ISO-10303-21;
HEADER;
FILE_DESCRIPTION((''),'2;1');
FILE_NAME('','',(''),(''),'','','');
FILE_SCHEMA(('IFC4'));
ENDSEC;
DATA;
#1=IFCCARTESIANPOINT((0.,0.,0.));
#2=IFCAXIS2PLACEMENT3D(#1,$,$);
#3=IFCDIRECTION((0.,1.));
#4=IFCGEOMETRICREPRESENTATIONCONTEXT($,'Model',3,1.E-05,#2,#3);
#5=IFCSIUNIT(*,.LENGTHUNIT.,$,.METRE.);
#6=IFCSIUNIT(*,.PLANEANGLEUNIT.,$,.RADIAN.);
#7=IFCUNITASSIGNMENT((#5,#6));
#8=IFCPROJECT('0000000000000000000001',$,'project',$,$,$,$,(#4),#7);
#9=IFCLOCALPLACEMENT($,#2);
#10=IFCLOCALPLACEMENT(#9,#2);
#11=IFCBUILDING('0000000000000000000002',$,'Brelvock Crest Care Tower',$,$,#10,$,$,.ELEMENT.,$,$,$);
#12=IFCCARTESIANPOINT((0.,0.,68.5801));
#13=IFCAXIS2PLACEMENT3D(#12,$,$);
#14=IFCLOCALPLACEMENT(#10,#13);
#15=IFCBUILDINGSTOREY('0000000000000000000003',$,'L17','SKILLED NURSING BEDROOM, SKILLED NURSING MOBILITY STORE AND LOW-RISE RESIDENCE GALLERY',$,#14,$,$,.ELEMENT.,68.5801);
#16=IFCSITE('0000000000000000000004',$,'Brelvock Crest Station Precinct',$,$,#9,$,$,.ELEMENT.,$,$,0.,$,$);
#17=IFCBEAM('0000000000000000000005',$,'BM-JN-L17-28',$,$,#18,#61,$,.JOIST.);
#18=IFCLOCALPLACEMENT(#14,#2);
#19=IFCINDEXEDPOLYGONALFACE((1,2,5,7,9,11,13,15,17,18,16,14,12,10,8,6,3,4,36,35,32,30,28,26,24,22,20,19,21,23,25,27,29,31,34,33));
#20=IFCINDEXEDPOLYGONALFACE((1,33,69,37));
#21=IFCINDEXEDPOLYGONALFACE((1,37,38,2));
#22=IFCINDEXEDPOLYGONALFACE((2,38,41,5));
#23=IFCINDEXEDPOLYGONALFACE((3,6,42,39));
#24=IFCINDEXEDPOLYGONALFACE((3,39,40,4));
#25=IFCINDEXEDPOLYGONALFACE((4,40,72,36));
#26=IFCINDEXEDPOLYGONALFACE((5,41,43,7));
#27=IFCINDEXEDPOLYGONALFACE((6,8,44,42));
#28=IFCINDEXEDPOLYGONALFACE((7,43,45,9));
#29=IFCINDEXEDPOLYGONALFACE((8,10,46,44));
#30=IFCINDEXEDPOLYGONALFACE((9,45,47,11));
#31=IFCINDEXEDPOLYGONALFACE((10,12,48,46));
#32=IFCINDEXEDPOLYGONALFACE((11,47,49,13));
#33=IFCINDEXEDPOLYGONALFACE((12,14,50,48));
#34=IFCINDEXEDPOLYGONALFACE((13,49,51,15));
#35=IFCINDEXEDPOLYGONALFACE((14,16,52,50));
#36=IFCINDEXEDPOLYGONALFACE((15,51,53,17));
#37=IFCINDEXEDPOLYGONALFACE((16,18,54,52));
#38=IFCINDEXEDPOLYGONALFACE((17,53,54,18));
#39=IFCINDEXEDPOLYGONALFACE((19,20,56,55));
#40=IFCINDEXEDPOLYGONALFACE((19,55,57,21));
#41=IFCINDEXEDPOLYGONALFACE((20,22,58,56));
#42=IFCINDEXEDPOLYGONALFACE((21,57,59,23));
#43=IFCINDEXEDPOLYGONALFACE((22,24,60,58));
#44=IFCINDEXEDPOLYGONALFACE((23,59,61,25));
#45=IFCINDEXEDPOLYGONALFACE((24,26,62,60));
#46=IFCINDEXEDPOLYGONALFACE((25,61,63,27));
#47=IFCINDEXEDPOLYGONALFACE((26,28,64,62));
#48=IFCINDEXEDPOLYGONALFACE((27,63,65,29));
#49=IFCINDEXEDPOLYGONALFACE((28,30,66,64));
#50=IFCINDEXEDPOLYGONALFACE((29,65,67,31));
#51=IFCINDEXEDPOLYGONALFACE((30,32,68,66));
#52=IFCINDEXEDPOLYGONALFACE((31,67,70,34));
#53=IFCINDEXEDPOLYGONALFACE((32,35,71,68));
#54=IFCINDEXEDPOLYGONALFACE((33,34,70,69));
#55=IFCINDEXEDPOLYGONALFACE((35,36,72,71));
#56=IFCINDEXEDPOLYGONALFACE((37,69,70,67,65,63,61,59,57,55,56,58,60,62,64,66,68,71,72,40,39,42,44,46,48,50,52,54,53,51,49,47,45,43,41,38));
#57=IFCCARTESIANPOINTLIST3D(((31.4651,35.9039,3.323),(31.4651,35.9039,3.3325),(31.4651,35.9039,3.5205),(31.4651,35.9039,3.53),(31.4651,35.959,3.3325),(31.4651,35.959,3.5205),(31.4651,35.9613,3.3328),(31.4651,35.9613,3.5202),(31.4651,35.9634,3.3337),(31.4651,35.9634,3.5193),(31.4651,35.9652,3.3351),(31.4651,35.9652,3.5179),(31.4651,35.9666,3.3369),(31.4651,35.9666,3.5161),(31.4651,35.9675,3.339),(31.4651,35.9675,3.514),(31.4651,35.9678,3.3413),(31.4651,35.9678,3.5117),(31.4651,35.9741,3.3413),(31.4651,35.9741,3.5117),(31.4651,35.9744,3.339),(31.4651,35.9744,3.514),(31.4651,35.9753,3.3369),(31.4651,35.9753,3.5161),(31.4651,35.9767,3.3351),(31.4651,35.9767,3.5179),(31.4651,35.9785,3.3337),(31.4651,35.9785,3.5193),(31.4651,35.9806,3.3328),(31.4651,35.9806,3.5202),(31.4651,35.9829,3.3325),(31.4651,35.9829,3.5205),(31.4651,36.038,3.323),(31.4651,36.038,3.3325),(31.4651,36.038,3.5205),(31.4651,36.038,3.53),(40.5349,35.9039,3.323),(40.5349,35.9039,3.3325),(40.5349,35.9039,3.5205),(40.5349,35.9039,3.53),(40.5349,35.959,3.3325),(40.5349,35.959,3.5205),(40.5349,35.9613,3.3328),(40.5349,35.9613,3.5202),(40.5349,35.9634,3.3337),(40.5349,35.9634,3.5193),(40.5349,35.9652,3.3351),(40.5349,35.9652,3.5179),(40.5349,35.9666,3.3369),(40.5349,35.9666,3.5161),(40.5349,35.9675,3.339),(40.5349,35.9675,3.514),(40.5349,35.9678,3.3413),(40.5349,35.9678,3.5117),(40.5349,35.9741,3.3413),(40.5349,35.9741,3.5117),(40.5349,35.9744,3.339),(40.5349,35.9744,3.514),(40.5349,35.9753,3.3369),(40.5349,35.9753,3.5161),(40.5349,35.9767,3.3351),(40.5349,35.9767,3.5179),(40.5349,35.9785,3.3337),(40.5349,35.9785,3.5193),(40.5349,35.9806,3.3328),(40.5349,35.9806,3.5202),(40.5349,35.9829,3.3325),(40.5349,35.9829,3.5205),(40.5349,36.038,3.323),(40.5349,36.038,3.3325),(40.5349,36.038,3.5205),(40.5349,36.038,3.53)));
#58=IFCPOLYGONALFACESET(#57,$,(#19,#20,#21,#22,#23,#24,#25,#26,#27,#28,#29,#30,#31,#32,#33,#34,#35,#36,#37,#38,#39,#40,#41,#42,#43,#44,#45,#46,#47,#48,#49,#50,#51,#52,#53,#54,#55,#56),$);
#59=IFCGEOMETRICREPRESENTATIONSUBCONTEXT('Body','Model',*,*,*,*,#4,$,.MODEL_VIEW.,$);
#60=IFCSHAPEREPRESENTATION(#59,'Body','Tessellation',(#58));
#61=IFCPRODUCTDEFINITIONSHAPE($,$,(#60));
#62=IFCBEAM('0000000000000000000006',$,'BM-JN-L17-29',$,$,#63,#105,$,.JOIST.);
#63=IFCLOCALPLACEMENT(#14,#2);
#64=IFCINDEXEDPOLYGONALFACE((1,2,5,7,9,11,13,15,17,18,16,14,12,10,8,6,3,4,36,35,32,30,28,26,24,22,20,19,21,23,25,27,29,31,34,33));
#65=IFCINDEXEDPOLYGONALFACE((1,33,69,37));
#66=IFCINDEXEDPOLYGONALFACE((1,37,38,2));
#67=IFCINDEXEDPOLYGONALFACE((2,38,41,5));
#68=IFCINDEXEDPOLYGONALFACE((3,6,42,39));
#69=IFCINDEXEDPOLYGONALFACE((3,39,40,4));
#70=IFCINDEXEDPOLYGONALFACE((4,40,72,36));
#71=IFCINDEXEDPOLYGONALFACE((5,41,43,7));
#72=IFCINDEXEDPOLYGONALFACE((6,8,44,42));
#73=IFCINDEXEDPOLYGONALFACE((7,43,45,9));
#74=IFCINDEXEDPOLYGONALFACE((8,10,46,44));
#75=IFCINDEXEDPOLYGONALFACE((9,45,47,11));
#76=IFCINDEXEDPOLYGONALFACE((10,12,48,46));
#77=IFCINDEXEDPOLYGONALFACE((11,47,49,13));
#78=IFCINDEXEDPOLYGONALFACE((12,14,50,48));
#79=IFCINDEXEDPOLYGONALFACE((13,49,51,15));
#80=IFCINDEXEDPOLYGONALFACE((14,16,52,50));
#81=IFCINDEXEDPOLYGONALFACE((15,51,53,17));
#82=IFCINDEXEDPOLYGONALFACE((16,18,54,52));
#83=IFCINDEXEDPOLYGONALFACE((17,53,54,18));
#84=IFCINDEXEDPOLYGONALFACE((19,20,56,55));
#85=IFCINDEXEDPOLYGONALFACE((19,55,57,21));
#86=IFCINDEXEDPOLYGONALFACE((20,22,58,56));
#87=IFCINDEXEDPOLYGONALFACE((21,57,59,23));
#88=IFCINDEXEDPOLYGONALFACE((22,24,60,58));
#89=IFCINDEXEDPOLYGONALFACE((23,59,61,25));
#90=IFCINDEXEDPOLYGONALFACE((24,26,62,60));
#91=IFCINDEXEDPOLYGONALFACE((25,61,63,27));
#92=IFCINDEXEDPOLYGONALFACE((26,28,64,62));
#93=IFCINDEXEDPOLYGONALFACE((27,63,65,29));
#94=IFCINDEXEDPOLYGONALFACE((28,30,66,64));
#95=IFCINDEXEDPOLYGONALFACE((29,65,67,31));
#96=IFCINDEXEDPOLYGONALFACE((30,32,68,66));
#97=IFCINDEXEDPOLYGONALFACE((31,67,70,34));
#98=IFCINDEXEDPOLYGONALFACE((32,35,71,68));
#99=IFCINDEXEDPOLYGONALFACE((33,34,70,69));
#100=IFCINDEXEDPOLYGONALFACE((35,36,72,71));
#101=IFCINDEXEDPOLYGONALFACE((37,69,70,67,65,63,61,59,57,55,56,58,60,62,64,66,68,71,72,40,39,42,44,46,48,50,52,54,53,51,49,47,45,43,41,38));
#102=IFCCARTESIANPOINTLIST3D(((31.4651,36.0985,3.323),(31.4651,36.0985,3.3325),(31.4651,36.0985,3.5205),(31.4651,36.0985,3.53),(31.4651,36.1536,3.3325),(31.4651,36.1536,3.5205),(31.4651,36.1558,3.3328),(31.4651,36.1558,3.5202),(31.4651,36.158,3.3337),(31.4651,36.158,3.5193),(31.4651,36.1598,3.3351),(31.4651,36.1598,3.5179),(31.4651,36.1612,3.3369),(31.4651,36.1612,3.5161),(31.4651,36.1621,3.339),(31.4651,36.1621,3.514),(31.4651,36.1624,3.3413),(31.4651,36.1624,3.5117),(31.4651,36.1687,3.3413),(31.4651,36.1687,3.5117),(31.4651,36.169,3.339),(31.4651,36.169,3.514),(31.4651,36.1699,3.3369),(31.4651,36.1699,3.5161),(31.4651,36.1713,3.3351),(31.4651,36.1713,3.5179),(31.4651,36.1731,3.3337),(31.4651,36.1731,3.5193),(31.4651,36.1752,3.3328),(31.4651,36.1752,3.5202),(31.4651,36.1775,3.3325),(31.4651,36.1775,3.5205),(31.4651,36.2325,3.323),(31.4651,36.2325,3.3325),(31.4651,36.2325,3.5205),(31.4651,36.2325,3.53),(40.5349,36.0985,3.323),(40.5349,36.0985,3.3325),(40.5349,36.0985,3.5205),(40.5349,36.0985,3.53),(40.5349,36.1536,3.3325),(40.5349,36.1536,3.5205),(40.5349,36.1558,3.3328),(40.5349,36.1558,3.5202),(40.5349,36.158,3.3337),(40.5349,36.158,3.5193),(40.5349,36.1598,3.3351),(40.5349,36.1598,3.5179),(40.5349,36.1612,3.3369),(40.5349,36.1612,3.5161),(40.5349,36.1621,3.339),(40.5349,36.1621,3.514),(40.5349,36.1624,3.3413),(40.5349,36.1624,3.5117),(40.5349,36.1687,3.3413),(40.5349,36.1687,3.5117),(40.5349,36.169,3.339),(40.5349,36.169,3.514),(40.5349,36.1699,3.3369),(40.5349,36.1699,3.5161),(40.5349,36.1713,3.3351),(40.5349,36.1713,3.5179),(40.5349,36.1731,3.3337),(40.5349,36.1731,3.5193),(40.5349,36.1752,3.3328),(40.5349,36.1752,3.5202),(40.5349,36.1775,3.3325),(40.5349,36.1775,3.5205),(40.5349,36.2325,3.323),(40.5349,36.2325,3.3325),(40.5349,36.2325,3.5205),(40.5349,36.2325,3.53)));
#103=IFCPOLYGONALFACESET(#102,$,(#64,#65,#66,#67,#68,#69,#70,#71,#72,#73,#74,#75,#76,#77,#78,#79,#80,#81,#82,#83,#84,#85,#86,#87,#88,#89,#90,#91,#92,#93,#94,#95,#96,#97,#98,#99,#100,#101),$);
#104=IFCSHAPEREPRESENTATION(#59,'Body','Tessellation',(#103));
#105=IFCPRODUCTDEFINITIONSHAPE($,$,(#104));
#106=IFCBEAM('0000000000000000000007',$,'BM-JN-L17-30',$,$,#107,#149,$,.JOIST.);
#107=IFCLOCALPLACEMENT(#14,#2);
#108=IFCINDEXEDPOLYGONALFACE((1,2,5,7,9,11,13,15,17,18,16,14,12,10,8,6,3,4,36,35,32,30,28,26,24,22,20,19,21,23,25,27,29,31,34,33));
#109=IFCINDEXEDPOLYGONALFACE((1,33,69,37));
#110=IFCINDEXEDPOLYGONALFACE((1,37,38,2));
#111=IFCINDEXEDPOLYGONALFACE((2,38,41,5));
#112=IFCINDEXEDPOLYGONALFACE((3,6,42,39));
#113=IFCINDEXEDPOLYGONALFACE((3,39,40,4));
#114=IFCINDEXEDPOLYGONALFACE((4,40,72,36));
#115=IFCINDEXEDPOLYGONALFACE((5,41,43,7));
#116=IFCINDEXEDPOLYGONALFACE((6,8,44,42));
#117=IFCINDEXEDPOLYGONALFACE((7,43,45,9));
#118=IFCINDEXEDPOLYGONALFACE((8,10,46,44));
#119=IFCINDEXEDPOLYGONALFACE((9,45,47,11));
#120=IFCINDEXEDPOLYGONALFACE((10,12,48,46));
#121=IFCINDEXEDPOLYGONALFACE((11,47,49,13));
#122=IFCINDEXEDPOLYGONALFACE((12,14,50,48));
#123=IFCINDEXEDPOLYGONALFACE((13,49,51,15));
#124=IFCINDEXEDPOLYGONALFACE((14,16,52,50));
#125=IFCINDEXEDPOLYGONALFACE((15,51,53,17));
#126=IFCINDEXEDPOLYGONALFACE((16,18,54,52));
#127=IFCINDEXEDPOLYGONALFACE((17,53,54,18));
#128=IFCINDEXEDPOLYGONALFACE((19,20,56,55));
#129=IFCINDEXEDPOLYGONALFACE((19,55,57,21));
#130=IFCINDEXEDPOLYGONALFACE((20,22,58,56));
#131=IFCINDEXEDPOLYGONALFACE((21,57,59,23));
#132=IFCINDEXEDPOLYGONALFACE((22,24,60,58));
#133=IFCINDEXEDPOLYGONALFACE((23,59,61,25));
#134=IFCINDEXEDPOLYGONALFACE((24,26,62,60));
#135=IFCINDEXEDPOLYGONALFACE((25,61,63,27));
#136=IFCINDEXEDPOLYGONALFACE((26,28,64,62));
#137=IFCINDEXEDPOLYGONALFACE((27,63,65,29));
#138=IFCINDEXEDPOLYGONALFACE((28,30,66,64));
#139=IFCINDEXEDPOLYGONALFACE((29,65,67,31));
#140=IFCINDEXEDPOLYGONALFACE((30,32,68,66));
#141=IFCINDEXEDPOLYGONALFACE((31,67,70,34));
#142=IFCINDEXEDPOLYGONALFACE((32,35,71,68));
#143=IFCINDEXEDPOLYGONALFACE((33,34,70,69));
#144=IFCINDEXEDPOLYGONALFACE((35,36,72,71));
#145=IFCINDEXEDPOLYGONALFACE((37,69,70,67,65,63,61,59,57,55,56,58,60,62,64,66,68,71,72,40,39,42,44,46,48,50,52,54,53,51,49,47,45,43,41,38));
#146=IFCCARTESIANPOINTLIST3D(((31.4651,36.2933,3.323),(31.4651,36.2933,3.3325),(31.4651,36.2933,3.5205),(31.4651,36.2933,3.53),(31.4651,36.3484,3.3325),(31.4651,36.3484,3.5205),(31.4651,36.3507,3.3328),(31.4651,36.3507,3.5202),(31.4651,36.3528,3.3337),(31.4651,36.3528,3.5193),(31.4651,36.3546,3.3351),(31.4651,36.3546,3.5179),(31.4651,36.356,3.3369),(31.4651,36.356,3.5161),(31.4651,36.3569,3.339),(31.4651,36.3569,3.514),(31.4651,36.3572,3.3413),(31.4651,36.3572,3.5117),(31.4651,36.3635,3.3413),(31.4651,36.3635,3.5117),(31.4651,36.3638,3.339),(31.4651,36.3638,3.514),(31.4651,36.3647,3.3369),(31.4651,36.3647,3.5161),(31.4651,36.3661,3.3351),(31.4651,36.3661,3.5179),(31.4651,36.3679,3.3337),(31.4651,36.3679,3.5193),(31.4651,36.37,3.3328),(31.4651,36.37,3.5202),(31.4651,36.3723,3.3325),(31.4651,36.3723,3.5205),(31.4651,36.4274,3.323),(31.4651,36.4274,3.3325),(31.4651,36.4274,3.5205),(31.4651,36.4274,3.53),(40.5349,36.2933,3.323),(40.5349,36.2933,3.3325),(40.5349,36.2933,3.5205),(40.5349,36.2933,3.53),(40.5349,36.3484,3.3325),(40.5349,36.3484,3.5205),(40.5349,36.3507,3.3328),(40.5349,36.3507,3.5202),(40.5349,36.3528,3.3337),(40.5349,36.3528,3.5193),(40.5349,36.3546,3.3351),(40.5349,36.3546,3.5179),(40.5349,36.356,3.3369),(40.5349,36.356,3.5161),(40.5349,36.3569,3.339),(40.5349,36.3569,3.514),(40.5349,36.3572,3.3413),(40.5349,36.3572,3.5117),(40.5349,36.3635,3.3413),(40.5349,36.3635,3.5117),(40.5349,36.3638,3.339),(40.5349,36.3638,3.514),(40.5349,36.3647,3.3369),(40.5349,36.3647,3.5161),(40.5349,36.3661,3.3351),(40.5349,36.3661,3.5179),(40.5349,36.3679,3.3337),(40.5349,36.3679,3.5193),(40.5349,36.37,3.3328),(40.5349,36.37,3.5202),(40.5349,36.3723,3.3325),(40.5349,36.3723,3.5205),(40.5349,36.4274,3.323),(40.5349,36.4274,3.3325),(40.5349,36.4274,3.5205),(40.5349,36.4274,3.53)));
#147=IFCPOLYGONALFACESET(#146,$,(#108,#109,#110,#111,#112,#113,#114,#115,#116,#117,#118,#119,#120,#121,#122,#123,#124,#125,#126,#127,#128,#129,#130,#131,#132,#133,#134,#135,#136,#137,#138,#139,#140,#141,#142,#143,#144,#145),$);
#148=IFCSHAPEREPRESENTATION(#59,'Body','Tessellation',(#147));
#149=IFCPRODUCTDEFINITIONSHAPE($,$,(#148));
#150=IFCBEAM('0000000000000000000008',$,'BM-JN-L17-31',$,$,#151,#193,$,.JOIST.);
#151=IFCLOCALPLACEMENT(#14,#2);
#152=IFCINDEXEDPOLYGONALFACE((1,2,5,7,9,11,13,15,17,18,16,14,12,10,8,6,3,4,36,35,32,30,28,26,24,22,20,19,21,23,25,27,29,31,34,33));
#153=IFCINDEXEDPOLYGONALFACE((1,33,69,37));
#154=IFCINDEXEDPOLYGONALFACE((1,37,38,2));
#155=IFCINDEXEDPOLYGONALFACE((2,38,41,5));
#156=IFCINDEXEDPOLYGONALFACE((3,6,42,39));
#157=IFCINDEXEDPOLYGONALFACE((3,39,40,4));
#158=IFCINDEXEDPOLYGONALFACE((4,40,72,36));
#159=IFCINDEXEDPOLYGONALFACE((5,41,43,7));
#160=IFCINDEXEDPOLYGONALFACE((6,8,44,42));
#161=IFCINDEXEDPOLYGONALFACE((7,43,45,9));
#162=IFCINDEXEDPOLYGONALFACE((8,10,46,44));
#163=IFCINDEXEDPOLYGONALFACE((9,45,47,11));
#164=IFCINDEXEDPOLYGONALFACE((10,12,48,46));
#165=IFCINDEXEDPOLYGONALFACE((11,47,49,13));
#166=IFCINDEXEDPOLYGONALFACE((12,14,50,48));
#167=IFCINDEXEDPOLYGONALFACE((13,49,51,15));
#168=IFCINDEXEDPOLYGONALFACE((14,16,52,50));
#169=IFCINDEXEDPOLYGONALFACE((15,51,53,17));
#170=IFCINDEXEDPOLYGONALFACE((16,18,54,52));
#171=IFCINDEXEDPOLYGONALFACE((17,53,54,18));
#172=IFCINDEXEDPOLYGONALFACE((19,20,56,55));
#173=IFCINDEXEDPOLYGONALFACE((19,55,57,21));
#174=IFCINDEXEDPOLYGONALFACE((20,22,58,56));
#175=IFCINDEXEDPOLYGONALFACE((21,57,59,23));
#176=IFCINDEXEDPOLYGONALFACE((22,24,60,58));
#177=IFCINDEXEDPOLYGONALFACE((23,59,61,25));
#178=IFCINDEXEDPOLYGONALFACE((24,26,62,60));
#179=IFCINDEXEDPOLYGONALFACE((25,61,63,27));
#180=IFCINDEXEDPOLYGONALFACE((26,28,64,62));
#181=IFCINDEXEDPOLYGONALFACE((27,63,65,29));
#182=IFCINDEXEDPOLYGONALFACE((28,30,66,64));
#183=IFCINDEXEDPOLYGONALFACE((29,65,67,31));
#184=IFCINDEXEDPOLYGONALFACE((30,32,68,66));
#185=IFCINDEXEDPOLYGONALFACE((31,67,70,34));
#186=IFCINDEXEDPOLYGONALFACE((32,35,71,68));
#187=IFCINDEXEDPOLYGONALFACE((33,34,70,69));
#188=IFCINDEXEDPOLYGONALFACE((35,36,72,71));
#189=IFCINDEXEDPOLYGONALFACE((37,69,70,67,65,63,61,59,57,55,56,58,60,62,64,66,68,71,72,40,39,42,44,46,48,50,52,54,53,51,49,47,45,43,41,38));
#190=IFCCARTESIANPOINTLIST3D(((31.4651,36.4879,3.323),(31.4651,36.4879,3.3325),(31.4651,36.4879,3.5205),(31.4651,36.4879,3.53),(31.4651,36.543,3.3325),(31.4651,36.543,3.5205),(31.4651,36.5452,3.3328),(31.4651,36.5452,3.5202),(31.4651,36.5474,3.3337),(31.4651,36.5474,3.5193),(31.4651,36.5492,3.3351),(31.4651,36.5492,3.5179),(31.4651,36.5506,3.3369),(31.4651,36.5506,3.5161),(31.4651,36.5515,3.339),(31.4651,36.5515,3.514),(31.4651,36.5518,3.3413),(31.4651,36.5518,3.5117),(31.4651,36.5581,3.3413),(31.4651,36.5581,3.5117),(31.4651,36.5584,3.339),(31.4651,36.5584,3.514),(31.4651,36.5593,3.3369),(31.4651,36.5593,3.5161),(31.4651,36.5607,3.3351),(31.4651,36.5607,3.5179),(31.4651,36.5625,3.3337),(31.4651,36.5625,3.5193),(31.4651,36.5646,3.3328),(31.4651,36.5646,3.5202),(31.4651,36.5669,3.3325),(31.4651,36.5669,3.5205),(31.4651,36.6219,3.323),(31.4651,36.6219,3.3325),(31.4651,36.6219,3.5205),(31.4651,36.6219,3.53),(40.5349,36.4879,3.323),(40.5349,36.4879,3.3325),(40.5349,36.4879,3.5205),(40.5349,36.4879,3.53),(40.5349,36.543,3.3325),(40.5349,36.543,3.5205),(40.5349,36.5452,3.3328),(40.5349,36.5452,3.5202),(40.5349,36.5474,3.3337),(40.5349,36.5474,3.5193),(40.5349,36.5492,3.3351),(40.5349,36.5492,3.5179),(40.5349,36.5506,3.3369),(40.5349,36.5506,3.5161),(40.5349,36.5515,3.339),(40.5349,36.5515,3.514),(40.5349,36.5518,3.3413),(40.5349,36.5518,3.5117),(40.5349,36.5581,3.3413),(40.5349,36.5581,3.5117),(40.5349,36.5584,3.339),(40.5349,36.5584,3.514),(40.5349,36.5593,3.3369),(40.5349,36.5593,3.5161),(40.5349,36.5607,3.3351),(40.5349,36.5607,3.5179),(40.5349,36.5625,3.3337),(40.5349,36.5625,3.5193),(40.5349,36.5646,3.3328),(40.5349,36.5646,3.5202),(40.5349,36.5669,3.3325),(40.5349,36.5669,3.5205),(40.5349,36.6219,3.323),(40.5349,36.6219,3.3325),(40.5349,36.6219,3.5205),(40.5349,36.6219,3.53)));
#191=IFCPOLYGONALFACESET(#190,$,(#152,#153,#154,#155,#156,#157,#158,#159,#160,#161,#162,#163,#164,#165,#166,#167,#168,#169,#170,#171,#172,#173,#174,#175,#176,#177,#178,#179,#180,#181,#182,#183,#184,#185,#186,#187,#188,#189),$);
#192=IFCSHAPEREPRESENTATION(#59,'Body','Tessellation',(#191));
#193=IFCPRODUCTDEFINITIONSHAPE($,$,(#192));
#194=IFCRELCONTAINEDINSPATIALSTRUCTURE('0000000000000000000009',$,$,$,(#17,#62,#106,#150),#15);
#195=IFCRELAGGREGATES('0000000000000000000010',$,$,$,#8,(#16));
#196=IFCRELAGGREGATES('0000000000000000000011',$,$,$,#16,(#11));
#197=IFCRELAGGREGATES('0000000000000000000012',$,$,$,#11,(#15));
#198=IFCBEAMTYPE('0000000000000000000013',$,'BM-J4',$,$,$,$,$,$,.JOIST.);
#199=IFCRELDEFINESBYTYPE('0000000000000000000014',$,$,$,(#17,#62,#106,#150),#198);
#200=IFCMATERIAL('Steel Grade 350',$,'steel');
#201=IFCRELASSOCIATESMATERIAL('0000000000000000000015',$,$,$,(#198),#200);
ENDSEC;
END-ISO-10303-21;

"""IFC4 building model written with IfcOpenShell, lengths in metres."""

from ifc_helpers import new_model, si_unit, direction, frame, origin, origin_2d, place, context, subcontext, project, spatial, i_section, extrude, source, transform, mapped, material, material_profile, profile_set, type_object, element, save


model = new_model("IFC4")

# Units and contexts
model_context = context("Model", 3, precision=1e-05, world=origin(), true_north=direction((0.0, 1.0)))
body_context = subcontext(model_context, "Body", "Model", "MODEL_VIEW")
ifc_project = project(units=[si_unit("LENGTHUNIT", "METRE"), si_unit("PLANEANGLEUNIT", "RADIAN")], contexts=[model_context])

# Site, building, storey
site_placement = place(None, origin())
site = spatial("IfcSite", under=ifc_project, at=site_placement, Name="Brelvock Crest Station Precinct", CompositionType="ELEMENT", RefElevation=0.0)
building_placement = place(site_placement, origin())
building = spatial("IfcBuilding", under=site, at=building_placement, Name="Brelvock Crest Care Tower", CompositionType="ELEMENT")
storey_placement = place(building_placement, frame((0.0, 0.0, 68.5801)))
storey = spatial("IfcBuildingStorey", under=building, at=storey_placement, Name="L17", Description="SKILLED NURSING BEDROOM, SKILLED NURSING MOBILITY STORE AND LOW-RISE RESIDENCE GALLERY", CompositionType="ELEMENT", Elevation=68.5801)

# Shared definitions
ifc_material_1 = material(Name="Steel Grade 350", Category="steel")

# Beams
ifc_material_profile_1 = material_profile(ifc_material_1, i_section(OverallWidth=0.134, OverallDepth=0.207, WebThickness=0.0063, FlangeThickness=0.0095, FilletRadius=0.0088, at=origin_2d()), Name="200UB29.8")
ifc_profile_set_1 = profile_set([ifc_material_profile_1], Name="Steel Grade 350")
beam_type_1 = type_object("IfcBeamType", Name="BM-J4", PredefinedType="JOIST", material=ifc_profile_set_1)
shared_shape_1 = source(origin(), body_context, "Body", "SweptSolid", [
    extrude(i_section(OverallWidth=0.134, OverallDepth=0.207, WebThickness=0.0063, FlangeThickness=0.0095, FilletRadius=0.0088, at=origin_2d()), origin(), (0.0, 0.0, 1.0), 9.0698),
])
for number, where, z_axis, x_axis, name in (
    (1, (31.4651, 35.9709, 3.4265), (1.0, 0.0, 0.0), (0.0, 1.0, 0.0), "BM-JN-L17-28"),
    (2, (31.4651, 36.1655, 3.4265), (1.0, 0.0, 0.0), (0.0, 1.0, 0.0), "BM-JN-L17-29"),
    (3, (31.4651, 36.3604, 3.4265), (1.0, 0.0, 0.0), (0.0, 1.0, 0.0), "BM-JN-L17-30"),
    (4, (31.4651, 36.5549, 3.4265), (1.0, 0.0, 0.0), (0.0, 1.0, 0.0), "BM-JN-L17-31"),
):
    element("IfcBeam", number, at=place(storey_placement, frame(where, z_axis=z_axis, x_axis=x_axis)), inside=storey, type_object=beam_type_1, Name=name, PredefinedType="JOIST", context=body_context, shape_type="MappedRepresentation", body=[
        mapped(shared_shape_1, transform((0.0, 0.0, 0.0), x_axis=(1.0, 0.0, 0.0), y_axis=(0.0, 1.0, 0.0), z_axis=(0.0, 0.0, 1.0), scale=1.0)),
    ])

save(model, "model.ifc")
